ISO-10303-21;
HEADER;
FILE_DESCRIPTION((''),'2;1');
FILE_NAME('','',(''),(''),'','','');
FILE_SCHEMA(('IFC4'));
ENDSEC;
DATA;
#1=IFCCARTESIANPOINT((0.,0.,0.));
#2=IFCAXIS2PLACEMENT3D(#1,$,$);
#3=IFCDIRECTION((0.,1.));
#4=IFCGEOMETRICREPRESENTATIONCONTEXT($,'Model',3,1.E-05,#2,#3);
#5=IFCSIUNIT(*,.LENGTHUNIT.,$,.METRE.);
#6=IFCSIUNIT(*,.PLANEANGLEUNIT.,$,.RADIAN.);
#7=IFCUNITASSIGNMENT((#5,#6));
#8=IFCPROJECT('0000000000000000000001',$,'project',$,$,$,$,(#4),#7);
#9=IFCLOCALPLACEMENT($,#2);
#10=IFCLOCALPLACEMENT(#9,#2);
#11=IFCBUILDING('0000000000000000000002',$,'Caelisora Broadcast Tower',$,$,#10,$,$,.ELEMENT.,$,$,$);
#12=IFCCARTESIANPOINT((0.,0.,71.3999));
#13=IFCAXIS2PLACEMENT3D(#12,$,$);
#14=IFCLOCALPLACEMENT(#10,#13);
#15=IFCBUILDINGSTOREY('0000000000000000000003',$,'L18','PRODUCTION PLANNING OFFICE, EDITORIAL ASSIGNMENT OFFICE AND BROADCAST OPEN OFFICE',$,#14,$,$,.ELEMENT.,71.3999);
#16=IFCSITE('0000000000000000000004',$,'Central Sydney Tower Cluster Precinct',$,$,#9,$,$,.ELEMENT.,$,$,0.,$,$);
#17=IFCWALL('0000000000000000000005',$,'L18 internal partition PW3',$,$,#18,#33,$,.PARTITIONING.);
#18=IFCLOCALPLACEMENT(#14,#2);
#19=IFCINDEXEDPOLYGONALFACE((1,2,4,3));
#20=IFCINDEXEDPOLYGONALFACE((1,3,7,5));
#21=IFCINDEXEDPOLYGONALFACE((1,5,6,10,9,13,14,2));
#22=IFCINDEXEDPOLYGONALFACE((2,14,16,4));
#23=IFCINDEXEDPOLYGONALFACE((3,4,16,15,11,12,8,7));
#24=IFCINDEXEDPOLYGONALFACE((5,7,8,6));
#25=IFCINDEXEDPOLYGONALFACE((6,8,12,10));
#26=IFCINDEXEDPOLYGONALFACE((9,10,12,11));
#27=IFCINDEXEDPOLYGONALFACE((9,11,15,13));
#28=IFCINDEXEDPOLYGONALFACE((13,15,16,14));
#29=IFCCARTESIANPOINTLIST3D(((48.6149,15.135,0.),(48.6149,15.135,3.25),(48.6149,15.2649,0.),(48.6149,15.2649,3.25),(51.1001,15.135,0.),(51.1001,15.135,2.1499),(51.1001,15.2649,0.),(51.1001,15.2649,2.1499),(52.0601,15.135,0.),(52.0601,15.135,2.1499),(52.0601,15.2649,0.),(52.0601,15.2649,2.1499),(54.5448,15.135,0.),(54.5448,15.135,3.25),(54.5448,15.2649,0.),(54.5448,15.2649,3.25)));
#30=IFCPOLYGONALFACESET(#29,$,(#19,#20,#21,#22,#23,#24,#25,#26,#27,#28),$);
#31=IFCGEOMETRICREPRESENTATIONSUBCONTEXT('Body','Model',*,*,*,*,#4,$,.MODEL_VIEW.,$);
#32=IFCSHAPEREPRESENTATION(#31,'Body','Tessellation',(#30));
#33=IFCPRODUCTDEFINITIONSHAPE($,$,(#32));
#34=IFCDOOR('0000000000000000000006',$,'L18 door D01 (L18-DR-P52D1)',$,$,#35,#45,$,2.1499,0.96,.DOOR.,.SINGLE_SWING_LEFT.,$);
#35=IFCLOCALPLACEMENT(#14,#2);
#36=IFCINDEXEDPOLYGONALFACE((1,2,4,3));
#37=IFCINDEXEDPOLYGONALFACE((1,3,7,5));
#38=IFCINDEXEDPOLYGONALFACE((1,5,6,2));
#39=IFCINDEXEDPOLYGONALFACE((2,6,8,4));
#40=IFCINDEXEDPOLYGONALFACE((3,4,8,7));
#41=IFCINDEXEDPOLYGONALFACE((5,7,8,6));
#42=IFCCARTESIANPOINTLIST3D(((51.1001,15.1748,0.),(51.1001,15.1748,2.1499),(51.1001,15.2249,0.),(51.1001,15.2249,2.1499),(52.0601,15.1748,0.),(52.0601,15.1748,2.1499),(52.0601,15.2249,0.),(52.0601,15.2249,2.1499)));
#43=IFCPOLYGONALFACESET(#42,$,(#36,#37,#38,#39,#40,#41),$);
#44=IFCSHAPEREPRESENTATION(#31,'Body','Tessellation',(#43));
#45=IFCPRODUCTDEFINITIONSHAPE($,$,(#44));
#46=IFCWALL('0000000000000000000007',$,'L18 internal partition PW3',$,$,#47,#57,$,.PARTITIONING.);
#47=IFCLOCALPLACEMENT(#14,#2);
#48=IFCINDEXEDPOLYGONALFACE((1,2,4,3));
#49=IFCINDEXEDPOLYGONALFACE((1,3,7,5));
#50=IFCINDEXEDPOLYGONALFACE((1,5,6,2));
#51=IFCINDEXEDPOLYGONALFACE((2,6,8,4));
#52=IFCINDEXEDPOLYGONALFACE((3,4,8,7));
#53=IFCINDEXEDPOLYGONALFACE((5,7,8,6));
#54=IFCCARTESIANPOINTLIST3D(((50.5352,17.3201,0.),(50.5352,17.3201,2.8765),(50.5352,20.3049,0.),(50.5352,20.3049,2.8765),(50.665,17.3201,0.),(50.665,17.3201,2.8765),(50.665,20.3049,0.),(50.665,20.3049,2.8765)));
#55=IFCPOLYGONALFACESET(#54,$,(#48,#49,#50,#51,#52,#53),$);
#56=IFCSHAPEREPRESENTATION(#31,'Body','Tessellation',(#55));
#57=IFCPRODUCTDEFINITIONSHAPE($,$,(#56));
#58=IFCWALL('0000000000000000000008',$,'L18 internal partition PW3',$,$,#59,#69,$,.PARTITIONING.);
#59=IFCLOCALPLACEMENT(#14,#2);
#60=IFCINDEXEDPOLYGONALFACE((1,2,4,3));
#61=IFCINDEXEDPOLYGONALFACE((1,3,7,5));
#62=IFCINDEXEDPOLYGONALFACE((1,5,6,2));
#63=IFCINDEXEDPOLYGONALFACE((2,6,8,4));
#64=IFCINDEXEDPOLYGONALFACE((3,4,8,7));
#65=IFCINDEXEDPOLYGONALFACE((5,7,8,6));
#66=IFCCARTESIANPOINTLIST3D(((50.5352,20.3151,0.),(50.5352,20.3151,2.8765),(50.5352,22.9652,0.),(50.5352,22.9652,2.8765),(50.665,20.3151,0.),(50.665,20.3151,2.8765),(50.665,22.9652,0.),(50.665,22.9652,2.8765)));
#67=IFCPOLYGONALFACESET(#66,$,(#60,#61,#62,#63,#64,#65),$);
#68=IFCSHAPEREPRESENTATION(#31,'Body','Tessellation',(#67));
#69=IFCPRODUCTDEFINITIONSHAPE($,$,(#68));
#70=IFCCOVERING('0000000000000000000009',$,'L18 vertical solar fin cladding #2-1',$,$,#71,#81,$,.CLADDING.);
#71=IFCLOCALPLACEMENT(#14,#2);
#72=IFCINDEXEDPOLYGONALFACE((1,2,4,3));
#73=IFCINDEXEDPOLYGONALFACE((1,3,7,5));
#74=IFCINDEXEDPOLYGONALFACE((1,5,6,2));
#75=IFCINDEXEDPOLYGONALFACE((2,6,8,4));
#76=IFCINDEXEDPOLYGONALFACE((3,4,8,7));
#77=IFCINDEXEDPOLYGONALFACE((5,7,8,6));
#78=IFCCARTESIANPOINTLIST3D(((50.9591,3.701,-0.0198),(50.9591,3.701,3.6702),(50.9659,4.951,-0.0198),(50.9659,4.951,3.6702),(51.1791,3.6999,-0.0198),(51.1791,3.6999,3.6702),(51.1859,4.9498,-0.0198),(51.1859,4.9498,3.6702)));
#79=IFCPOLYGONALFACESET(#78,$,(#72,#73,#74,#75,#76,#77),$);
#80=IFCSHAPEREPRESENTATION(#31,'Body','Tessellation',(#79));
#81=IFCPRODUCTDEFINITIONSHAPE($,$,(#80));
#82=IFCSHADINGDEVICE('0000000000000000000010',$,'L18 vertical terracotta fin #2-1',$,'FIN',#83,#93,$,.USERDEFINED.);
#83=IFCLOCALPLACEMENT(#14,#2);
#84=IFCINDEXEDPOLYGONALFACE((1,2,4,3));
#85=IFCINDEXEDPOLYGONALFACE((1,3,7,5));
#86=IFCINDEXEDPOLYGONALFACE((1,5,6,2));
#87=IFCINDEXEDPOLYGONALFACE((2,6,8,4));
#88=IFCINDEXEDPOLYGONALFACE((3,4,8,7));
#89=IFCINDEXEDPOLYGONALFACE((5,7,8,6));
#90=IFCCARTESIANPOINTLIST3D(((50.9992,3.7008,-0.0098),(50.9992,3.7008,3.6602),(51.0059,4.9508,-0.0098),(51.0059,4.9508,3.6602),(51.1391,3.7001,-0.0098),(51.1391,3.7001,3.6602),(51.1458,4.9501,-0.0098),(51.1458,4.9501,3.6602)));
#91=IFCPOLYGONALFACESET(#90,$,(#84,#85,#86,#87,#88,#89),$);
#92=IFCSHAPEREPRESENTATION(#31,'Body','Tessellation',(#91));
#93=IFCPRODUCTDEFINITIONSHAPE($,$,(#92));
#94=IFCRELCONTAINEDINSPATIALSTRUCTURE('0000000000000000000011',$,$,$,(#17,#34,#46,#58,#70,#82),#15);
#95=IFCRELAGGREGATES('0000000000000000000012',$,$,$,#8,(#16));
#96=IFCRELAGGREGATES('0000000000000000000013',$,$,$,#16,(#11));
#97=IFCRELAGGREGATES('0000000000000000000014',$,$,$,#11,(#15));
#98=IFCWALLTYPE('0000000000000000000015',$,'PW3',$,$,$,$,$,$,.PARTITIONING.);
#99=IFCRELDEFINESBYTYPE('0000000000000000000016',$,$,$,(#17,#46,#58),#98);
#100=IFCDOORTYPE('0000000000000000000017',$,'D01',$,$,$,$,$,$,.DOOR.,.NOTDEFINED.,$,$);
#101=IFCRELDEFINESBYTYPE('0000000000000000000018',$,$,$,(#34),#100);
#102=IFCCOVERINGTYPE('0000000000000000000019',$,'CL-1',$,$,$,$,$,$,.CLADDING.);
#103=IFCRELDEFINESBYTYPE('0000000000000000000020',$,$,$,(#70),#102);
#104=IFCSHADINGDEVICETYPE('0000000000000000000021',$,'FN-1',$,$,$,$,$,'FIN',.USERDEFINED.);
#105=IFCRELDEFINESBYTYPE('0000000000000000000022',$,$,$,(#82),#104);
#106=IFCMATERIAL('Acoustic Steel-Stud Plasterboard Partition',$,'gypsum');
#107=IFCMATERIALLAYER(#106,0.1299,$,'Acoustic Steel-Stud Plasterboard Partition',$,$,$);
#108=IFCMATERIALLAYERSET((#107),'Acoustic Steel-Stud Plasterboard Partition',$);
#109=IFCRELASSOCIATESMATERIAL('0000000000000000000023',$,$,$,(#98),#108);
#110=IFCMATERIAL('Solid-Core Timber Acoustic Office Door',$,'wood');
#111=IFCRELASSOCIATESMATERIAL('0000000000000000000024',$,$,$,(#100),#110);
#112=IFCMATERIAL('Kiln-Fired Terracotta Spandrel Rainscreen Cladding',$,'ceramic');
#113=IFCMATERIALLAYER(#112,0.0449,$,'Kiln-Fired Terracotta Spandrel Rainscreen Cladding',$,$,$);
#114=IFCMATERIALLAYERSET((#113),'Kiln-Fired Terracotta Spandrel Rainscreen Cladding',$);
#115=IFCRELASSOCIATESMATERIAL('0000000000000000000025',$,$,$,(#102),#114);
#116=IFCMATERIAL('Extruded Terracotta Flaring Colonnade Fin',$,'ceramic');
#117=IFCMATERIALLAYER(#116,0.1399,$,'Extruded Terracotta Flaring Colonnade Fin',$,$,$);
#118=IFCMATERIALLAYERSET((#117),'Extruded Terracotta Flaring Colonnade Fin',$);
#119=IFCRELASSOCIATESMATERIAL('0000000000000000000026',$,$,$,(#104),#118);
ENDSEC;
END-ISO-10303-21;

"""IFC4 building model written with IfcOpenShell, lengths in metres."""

from ifc_helpers import new_model, si_unit, direction, frame, frame_2d, origin, origin_2d, place, context, subcontext, project, spatial, rectangle, extrude, source, transform, mapped, material, layer, layer_set, type_object, type_shapes, element, fill, save


model = new_model("IFC4")

# Units and contexts
model_context = context("Model", 3, precision=1e-05, world=origin(), true_north=direction((0.0, 1.0)))
body_context = subcontext(model_context, "Body", "Model", "MODEL_VIEW")
ifc_project = project(units=[si_unit("LENGTHUNIT", "METRE"), si_unit("PLANEANGLEUNIT", "RADIAN")], contexts=[model_context])

# Site, building, storey
site_placement = place(None, origin())
site = spatial("IfcSite", under=ifc_project, at=site_placement, Name="Central Sydney Tower Cluster Precinct", CompositionType="ELEMENT", RefElevation=0.0)
building_placement = place(site_placement, origin())
building = spatial("IfcBuilding", under=site, at=building_placement, Name="Caelisora Broadcast Tower", CompositionType="ELEMENT")
storey_placement = place(building_placement, frame((0.0, 0.0, 71.3999)))
storey = spatial("IfcBuildingStorey", under=building, at=storey_placement, Name="L18", Description="PRODUCTION PLANNING OFFICE, EDITORIAL ASSIGNMENT OFFICE AND BROADCAST OPEN OFFICE", CompositionType="ELEMENT", Elevation=71.3999)

# Shared definitions
ifc_material_1 = material(Name="Acoustic Steel-Stud Plasterboard Partition", Category="gypsum")
ifc_layer_1 = layer(ifc_material_1, 0.1299, Name="Acoustic Steel-Stud Plasterboard Partition")
ifc_layer_set_1 = layer_set([ifc_layer_1], Name="Acoustic Steel-Stud Plasterboard Partition")
wall_type_1 = type_object("IfcWallType", Name="PW3", PredefinedType="PARTITIONING", material=ifc_layer_set_1)

# Wall, opening, door
ifc_material_2 = material(Name="Solid-Core Timber Acoustic Office Door", Category="wood")
door_type_1 = type_object("IfcDoorType", Name="D01", OperationType="NOTDEFINED", PredefinedType="DOOR", material=ifc_material_2)
wall_1_placement = place(storey_placement, frame((48.615, 15.2, 0.0), z_axis=(0.0, 0.0, 1.0), x_axis=(1.0, 0.0, 0.0)))
wall_1 = element("IfcWall", 1, at=wall_1_placement, inside=storey, type_object=wall_type_1, Name="L18 internal partition PW3", PredefinedType="PARTITIONING", context=body_context, shape_type="SweptSolid", body=[
    extrude(rectangle(XDim=5.9299, YDim=0.1299, at=frame_2d((2.9648, 0.0))), origin(), (0.0, 0.0, 1.0), 3.25),
])
opening_1_placement = place(wall_1_placement, frame((2.4851, 0.0, 0.0)))
opening_1 = element("IfcOpeningElement", 2, at=opening_1_placement, cuts=wall_1, PredefinedType="OPENING", context=body_context, shape_type="SweptSolid", body=[
    extrude(rectangle(XDim=0.96, YDim=2.1499, at=frame_2d((0.48, 1.075))), frame((0.0, 0.0769, 0.0), z_axis=(0.0, -1.0, 0.0), x_axis=(1.0, 0.0, 0.0)), (0.0, 0.0, 1.0), 0.1538),
])
door_1_placement = place(opening_1_placement, origin())
door_1 = element("IfcDoor", 3, at=door_1_placement, inside=storey, type_object=door_type_1, Name="L18 door D01 (L18-DR-P52D1)", OperationType="SINGLE_SWING_LEFT", OverallHeight=2.1499, OverallWidth=0.96, PredefinedType="DOOR", context=body_context, shape_type="SweptSolid", body=[
    extrude(rectangle(XDim=0.96, YDim=2.1499, at=frame_2d((0.48, 1.075))), frame((0.0, 0.0249, 0.0), z_axis=(0.0, -1.0, 0.0), x_axis=(1.0, 0.0, 0.0)), (0.0, 0.0, 1.0), 0.05),
])
fill(opening_1, door_1)

# Walls
wall_2_placement = place(storey_placement, frame((50.6001, 17.3201, 0.0), z_axis=(0.0, 0.0, 1.0), x_axis=(0.0, 1.0, 0.0)))
element("IfcWall", 4, at=wall_2_placement, inside=storey, type_object=wall_type_1, Name="L18 internal partition PW3", PredefinedType="PARTITIONING", context=body_context, shape_type="SweptSolid", body=[
    extrude(rectangle(XDim=2.9849, YDim=0.1299, at=frame_2d((1.4924, 0.0))), origin(), (0.0, 0.0, 1.0), 2.8765),
])
wall_3_placement = place(storey_placement, frame((50.6001, 20.3149, 0.0), z_axis=(0.0, 0.0, 1.0), x_axis=(0.0, 1.0, 0.0)))
element("IfcWall", 5, at=wall_3_placement, inside=storey, type_object=wall_type_1, Name="L18 internal partition PW3", PredefinedType="PARTITIONING", context=body_context, shape_type="SweptSolid", body=[
    extrude(rectangle(XDim=2.6501, YDim=0.1299, at=frame_2d((1.3252, 0.0))), origin(), (0.0, 0.0, 1.0), 2.8765),
])

# Covering
ifc_material_3 = material(Name="Kiln-Fired Terracotta Spandrel Rainscreen Cladding", Category="ceramic")
ifc_layer_2 = layer(ifc_material_3, 0.0449, Name="Kiln-Fired Terracotta Spandrel Rainscreen Cladding")
ifc_layer_set_2 = layer_set([ifc_layer_2], Name="Kiln-Fired Terracotta Spandrel Rainscreen Cladding")
covering_type = type_object("IfcCoveringType", Name="CL-1", PredefinedType="CLADDING", material=ifc_layer_set_2)
shared_shape_1 = source(origin(), body_context, "Body", "SweptSolid", [
    extrude(rectangle(XDim=0.22, YDim=1.25, at=origin_2d()), origin(), (0.0, 0.0, 1.0), 3.6899),
])
type_shapes(covering_type, [shared_shape_1])
covering_placement = place(storey_placement, frame((51.0725, 4.3254, -0.0198), z_axis=(0.0, 0.0, 1.0), x_axis=(-0.999985, 0.00541, 0.0)))
element("IfcCovering", 6, at=covering_placement, inside=storey, type_object=covering_type, Name="L18 vertical solar fin cladding #2-1", PredefinedType="CLADDING", context=body_context, shape_type="MappedRepresentation", body=[
    mapped(shared_shape_1, transform((0.0, 0.0, 0.0), scale=1.0)),
])

# Shading device
ifc_material_4 = material(Name="Extruded Terracotta Flaring Colonnade Fin", Category="ceramic")
ifc_layer_3 = layer(ifc_material_4, 0.1399, Name="Extruded Terracotta Flaring Colonnade Fin")
ifc_layer_set_3 = layer_set([ifc_layer_3], Name="Extruded Terracotta Flaring Colonnade Fin")
shading_device_type = type_object("IfcShadingDeviceType", Name="FN-1", ElementType="FIN", PredefinedType="USERDEFINED", material=ifc_layer_set_3)
shared_shape_2 = source(origin(), body_context, "Body", "SweptSolid", [
    extrude(rectangle(XDim=0.1399, YDim=1.25, at=origin_2d()), origin(), (0.0, 0.0, 1.0), 3.6699),
])
type_shapes(shading_device_type, [shared_shape_2])
shading_device_placement = place(storey_placement, frame((51.0725, 4.3254, -0.0098), z_axis=(0.0, 0.0, 1.0), x_axis=(-0.999985, 0.00541, 0.0)))
element("IfcShadingDevice", 7, at=shading_device_placement, inside=storey, type_object=shading_device_type, Name="L18 vertical terracotta fin #2-1", ObjectType="FIN", PredefinedType="USERDEFINED", context=body_context, shape_type="MappedRepresentation", body=[
    mapped(shared_shape_2, transform((0.0, 0.0, 0.0), scale=1.0)),
])

save(model, "model.ifc")
